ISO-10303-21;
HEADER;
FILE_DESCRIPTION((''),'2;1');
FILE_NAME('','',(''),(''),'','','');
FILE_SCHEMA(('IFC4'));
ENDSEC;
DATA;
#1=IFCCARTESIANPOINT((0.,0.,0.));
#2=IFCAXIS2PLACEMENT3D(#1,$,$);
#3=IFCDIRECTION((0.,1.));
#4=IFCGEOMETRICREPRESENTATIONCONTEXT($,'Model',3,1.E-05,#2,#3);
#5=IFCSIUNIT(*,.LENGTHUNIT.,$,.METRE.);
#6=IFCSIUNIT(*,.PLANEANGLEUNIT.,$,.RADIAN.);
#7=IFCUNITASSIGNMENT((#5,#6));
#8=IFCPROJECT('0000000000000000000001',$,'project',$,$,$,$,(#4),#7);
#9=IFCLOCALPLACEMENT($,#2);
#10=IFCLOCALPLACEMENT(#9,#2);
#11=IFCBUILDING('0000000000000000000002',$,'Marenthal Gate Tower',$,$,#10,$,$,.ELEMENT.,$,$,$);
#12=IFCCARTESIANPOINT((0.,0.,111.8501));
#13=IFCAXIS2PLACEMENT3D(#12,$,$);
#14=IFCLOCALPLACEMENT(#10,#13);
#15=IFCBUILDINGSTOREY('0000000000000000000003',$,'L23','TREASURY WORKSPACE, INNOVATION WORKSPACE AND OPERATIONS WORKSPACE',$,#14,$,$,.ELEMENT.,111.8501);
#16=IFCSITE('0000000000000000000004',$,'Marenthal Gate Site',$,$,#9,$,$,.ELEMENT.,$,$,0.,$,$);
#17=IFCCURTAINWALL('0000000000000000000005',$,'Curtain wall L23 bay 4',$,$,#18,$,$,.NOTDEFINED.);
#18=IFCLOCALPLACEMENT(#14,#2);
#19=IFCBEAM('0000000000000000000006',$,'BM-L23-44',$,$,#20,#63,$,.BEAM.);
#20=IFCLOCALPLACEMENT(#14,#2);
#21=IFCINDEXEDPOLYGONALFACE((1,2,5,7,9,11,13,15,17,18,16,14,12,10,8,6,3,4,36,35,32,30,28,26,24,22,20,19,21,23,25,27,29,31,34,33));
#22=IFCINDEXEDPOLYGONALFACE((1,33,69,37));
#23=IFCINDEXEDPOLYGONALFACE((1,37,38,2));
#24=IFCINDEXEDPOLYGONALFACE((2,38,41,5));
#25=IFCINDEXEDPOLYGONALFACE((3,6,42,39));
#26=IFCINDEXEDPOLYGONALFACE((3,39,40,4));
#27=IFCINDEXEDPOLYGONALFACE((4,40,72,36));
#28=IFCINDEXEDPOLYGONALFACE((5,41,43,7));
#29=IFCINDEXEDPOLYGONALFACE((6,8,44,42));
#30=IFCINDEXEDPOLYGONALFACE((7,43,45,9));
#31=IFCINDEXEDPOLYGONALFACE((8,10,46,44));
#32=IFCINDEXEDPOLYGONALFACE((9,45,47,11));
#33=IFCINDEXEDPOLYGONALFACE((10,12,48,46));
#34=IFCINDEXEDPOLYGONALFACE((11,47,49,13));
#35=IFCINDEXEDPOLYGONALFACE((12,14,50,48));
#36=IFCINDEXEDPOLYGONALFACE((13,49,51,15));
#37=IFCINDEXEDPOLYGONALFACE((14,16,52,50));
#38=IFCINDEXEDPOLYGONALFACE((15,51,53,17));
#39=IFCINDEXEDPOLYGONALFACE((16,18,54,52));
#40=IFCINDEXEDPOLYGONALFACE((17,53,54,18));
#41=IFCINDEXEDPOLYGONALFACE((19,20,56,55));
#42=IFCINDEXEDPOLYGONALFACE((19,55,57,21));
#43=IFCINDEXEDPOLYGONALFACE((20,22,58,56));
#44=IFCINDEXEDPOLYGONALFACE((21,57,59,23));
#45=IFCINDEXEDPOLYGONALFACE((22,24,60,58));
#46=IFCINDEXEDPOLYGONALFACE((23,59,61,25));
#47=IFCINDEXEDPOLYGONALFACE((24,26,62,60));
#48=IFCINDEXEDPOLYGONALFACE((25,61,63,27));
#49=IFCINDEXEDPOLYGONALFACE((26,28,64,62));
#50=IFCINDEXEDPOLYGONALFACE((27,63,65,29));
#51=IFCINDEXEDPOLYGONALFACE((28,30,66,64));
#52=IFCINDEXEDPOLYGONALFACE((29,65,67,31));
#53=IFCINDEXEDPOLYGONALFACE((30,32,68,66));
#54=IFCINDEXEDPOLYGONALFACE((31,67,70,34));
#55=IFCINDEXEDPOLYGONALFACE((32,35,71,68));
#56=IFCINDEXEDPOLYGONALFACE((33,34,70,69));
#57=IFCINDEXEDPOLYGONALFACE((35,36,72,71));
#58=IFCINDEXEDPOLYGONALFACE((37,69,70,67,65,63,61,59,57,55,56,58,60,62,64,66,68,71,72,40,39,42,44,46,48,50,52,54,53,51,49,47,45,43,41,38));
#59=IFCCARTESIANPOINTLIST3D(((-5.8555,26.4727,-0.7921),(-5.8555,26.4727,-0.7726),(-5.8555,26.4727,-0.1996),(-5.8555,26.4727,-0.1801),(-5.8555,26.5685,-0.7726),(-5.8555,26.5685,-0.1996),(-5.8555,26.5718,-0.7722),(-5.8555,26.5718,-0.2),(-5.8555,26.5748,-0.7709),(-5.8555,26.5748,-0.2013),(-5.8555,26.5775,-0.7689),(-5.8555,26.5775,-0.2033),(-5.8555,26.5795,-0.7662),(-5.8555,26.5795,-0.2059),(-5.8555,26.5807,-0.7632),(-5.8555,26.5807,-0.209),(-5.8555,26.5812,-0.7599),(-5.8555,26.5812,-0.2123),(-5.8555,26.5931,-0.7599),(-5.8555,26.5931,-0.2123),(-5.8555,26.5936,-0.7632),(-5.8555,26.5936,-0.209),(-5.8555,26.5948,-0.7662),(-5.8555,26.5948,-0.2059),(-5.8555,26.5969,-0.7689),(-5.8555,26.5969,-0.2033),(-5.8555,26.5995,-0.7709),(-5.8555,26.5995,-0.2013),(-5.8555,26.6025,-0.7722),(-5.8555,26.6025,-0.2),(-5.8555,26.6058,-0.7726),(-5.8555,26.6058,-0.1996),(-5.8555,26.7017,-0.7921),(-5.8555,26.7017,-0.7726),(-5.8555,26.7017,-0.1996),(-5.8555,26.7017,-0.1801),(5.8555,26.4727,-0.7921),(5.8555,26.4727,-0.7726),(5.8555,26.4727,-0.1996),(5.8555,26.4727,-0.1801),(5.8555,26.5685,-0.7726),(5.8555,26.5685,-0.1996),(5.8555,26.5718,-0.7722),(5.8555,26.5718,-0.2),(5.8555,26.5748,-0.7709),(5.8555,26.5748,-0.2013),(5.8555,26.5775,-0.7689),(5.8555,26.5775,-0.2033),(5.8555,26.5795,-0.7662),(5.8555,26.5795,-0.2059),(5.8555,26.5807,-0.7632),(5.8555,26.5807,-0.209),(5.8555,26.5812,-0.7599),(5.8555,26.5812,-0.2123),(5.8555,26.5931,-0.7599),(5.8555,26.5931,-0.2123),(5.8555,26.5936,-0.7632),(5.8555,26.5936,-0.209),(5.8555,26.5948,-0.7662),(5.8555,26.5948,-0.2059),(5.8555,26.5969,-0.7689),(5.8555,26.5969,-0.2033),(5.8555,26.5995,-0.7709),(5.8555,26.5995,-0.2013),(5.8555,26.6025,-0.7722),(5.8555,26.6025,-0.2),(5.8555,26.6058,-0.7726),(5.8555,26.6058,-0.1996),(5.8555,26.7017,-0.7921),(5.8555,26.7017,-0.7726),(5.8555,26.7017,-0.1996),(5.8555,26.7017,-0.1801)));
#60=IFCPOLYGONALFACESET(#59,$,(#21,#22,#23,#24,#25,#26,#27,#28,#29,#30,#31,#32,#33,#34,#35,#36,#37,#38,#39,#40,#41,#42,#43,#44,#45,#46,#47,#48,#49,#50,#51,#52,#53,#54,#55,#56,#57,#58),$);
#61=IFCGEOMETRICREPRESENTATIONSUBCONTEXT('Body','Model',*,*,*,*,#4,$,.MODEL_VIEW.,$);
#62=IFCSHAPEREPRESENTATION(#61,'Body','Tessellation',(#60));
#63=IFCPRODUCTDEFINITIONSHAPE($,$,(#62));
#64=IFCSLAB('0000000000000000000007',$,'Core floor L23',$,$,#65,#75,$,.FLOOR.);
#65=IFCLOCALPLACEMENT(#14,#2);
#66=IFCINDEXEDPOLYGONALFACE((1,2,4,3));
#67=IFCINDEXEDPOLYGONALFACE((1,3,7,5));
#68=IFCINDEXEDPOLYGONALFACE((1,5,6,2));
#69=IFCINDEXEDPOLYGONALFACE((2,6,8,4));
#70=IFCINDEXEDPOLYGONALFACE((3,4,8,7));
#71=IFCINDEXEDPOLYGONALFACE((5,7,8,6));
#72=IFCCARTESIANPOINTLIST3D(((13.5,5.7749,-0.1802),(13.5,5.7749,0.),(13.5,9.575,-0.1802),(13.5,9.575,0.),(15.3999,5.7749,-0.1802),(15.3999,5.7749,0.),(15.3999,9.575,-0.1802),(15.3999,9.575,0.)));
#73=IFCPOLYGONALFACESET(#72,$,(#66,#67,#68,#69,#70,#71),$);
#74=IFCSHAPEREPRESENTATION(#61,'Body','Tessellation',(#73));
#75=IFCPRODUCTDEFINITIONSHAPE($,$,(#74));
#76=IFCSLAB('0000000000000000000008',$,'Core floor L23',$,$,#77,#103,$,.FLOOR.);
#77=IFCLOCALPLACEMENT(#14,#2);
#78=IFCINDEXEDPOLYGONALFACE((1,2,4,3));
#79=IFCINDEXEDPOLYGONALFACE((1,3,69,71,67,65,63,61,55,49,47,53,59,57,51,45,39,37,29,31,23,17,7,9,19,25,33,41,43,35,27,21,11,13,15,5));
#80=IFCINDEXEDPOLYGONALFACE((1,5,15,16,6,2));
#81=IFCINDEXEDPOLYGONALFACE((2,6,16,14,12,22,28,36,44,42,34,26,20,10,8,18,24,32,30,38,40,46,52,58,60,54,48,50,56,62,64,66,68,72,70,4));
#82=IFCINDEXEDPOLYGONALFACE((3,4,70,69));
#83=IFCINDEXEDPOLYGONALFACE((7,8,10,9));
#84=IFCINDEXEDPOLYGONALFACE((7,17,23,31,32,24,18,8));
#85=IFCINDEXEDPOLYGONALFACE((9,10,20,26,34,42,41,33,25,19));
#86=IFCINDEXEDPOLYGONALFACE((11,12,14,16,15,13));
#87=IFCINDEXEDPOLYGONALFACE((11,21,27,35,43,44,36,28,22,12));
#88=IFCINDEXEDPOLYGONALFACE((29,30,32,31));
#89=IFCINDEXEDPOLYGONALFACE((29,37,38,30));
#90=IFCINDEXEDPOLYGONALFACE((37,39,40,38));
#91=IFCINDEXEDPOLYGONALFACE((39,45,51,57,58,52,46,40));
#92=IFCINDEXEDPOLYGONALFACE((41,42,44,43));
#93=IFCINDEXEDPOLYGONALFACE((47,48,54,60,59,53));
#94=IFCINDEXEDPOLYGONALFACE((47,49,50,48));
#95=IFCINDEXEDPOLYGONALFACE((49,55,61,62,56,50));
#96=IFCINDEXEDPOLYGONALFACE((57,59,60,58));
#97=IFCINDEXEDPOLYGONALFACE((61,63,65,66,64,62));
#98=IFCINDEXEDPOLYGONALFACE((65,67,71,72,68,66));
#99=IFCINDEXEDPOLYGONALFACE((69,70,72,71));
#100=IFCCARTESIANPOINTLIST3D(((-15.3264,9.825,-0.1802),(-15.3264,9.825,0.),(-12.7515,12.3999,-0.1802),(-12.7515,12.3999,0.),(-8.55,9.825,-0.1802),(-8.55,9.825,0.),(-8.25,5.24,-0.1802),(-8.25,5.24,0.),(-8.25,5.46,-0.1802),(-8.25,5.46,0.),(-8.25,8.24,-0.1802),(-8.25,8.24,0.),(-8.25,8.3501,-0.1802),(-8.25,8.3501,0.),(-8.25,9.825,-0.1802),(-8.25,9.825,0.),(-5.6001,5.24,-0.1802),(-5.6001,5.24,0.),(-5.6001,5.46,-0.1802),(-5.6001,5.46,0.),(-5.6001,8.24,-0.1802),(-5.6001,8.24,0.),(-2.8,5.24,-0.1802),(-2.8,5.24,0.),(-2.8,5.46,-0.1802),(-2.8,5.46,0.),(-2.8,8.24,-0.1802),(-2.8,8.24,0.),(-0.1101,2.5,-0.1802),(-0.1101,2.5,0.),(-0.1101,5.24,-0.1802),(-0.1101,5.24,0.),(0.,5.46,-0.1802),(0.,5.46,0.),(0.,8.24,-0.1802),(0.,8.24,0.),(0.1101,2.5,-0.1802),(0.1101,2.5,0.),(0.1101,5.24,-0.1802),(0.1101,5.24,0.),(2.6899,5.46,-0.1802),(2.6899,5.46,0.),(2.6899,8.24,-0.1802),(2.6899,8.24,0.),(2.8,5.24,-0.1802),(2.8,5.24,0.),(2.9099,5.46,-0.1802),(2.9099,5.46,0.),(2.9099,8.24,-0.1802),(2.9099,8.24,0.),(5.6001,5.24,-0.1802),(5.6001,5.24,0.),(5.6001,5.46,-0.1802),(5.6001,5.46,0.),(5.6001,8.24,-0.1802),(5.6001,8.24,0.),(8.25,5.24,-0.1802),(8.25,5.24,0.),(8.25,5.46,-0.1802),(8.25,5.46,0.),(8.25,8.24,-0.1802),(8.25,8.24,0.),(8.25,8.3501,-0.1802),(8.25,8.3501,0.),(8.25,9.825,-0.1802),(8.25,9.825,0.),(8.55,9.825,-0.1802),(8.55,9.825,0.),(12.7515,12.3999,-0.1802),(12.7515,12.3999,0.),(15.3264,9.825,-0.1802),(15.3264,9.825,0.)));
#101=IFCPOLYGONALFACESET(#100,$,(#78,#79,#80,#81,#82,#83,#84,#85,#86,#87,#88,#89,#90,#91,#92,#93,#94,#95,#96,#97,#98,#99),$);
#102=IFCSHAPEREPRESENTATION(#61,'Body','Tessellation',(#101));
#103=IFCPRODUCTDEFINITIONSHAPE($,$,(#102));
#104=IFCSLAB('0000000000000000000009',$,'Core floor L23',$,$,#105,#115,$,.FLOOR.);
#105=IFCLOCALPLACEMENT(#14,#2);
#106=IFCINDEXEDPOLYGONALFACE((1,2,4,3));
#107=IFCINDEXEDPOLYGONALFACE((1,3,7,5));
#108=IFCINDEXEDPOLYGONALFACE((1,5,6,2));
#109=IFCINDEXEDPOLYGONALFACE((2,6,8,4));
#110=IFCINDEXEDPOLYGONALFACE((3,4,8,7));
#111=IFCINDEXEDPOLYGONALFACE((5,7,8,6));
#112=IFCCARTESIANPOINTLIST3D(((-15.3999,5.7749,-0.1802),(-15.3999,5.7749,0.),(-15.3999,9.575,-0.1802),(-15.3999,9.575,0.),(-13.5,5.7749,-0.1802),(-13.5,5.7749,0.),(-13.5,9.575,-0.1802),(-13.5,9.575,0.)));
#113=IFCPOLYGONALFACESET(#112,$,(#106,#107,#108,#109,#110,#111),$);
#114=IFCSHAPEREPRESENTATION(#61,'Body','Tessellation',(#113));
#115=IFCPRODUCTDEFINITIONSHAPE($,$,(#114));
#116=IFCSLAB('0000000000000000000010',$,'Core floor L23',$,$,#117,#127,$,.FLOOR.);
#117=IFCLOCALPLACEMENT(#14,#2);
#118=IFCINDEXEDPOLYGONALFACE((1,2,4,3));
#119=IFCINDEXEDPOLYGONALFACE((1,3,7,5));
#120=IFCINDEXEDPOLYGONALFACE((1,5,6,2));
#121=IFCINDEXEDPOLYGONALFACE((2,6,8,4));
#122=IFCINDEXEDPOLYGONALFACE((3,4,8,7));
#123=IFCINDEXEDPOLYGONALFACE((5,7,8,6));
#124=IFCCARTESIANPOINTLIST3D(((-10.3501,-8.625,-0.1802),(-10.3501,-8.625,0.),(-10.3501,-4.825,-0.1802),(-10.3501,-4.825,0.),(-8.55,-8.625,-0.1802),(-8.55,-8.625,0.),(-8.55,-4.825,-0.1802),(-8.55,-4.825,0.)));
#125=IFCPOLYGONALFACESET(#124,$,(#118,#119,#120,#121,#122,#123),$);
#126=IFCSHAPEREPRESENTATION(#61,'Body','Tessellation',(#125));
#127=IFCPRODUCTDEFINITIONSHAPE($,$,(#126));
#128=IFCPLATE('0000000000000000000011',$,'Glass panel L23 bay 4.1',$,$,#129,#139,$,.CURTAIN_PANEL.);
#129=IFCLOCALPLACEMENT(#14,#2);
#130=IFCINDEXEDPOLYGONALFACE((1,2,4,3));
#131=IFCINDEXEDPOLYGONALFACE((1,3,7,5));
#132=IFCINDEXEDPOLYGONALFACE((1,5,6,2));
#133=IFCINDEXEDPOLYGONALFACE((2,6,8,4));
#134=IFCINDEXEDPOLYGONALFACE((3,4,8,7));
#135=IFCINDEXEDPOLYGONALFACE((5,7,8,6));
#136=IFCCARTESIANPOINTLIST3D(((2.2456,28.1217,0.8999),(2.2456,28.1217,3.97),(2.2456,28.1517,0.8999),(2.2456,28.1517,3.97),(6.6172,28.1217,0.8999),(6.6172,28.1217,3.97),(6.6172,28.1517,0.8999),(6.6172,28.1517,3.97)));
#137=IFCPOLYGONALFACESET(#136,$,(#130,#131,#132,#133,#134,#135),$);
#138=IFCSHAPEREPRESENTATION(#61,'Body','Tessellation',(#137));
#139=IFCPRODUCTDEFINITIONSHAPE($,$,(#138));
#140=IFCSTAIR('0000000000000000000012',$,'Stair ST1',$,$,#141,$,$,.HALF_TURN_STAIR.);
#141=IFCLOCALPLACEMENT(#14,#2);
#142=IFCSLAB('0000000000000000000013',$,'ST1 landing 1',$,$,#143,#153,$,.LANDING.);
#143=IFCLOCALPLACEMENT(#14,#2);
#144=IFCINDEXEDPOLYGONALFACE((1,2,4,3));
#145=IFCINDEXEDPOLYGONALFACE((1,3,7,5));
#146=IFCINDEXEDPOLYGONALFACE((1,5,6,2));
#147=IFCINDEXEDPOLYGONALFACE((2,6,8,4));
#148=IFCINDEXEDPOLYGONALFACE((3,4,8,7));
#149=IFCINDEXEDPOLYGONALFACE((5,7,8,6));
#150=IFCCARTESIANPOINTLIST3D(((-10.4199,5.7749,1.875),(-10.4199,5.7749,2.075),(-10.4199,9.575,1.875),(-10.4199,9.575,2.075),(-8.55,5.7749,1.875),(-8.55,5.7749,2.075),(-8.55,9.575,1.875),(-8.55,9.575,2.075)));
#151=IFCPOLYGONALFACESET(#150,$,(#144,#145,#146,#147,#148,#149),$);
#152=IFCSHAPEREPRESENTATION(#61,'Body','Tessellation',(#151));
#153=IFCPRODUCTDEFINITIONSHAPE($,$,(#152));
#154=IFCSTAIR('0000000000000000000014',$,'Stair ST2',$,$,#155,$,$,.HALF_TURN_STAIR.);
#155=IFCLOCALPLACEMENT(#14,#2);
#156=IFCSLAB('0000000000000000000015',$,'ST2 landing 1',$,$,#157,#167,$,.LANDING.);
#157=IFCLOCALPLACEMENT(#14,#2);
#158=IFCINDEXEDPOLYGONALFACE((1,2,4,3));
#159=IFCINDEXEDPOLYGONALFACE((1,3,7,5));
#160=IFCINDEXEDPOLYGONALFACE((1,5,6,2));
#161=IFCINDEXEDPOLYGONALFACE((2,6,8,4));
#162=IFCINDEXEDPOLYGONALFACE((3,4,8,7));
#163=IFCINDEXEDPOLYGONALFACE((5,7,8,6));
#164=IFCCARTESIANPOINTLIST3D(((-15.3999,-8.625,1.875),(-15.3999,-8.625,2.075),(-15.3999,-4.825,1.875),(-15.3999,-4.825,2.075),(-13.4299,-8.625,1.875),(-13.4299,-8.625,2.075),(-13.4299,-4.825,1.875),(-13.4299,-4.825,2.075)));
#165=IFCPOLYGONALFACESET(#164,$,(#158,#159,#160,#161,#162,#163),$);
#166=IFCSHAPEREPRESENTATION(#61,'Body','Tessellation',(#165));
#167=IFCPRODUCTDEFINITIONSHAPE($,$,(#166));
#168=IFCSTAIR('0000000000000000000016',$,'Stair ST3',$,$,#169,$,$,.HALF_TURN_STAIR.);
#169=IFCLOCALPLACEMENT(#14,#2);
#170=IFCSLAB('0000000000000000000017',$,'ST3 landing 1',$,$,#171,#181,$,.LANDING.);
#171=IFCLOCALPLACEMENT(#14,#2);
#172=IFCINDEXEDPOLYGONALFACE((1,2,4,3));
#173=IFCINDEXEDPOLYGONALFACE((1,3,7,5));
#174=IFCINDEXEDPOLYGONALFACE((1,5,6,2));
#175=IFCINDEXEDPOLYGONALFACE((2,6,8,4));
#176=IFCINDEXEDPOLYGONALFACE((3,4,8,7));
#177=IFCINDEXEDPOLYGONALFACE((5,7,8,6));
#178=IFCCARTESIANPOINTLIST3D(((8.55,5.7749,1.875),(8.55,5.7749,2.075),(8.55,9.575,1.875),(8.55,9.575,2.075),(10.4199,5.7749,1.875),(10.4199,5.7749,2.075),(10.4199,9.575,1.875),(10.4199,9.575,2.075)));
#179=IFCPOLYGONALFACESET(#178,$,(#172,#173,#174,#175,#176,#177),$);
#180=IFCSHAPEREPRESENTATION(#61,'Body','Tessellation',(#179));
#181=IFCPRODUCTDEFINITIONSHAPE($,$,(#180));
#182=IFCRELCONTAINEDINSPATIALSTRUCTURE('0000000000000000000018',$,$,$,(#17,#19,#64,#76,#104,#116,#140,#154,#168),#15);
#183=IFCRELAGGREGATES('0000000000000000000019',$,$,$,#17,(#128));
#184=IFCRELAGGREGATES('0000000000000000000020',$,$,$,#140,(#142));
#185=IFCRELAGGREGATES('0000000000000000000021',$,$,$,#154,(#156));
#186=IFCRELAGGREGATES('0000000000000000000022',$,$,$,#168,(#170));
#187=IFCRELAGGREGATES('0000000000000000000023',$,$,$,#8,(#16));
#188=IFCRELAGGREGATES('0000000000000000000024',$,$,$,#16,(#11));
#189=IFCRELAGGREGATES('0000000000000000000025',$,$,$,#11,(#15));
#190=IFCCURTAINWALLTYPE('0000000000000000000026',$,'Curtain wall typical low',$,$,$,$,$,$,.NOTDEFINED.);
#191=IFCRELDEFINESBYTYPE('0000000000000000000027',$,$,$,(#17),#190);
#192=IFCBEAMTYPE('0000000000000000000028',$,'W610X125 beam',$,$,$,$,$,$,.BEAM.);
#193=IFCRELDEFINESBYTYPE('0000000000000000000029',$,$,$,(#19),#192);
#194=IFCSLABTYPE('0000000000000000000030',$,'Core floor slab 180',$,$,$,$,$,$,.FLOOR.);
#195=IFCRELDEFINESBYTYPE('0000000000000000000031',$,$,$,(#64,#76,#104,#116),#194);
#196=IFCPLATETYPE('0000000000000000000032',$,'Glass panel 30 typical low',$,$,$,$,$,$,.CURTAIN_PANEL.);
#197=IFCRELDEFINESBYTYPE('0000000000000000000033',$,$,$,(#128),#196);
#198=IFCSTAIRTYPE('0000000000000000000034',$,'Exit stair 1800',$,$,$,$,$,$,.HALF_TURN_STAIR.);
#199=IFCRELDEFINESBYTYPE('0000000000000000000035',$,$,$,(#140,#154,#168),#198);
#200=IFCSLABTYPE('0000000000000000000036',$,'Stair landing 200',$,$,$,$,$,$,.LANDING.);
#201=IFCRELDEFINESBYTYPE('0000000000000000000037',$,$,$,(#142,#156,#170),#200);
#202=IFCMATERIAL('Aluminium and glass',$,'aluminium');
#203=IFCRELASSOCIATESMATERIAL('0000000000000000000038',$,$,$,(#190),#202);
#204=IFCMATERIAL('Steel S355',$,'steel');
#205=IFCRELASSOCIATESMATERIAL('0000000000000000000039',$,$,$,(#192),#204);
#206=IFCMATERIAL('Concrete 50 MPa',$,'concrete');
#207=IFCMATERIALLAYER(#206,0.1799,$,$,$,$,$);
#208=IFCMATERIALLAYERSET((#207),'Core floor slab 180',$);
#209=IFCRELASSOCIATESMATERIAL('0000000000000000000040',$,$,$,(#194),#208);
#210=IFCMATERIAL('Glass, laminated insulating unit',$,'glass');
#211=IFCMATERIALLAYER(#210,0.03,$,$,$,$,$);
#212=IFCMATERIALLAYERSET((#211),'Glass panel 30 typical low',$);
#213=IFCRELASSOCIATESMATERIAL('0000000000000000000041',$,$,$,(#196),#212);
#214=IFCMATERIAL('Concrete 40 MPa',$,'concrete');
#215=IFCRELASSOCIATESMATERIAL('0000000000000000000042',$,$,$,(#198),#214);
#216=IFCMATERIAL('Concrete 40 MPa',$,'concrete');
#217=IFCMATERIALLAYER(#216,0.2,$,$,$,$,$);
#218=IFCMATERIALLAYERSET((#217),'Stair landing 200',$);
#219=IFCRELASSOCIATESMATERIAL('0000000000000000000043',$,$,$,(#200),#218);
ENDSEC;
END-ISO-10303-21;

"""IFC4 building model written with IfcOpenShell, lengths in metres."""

from ifc_helpers import new_model, si_unit, direction, frame, origin, origin_2d, place, context, subcontext, project, spatial, polyline, rectangle, i_section, outline, extrude, material, layer, layer_set, material_profile, profile_set, type_object, element, aggregate, save


model = new_model("IFC4")

# Units and contexts
model_context = context("Model", 3, precision=1e-05, world=origin(), true_north=direction((0.0, 1.0)))
body_context = subcontext(model_context, "Body", "Model", "MODEL_VIEW")
ifc_project = project(units=[si_unit("LENGTHUNIT", "METRE"), si_unit("PLANEANGLEUNIT", "RADIAN")], contexts=[model_context])

# Site, building, storey
site_placement = place(None, origin())
site = spatial("IfcSite", under=ifc_project, at=site_placement, Name="Marenthal Gate Site", CompositionType="ELEMENT", RefElevation=0.0)
building_placement = place(site_placement, origin())
building = spatial("IfcBuilding", under=site, at=building_placement, Name="Marenthal Gate Tower", CompositionType="ELEMENT")
storey_placement = place(building_placement, frame((0.0, 0.0, 111.8501)))
storey = spatial("IfcBuildingStorey", under=building, at=storey_placement, Name="L23", Description="TREASURY WORKSPACE, INNOVATION WORKSPACE AND OPERATIONS WORKSPACE", CompositionType="ELEMENT", Elevation=111.8501)

# Curtain wall
ifc_material_1 = material(Name="Aluminium and glass", Category="aluminium")
curtain_wall_type = type_object("IfcCurtainWallType", Name="Curtain wall typical low", PredefinedType="NOTDEFINED", material=ifc_material_1)
curtain_wall_placement = place(storey_placement, origin())
curtain_wall = element("IfcCurtainWall", 1, at=curtain_wall_placement, inside=storey, type_object=curtain_wall_type, Name="Curtain wall L23 bay 4", PredefinedType="NOTDEFINED")

# Beam
ifc_material_2 = material(Name="Steel S355", Category="steel")
ifc_material_profile_1 = material_profile(ifc_material_2, i_section(OverallWidth=0.229, OverallDepth=0.6121, WebThickness=0.012, FlangeThickness=0.0195, FilletRadius=0.0127, at=origin_2d()), Name="W610X125")
ifc_profile_set_1 = profile_set([ifc_material_profile_1], Name="Steel S355")
beam_type_1 = type_object("IfcBeamType", Name="W610X125 beam", PredefinedType="BEAM", material=ifc_profile_set_1)
beam_1_placement = place(storey_placement, frame((5.8555, 26.5872, -0.4861), z_axis=(-1.0, 0.0, 0.0), x_axis=(0.0, -1.0, 0.0)))
element("IfcBeam", 2, at=beam_1_placement, inside=storey, type_object=beam_type_1, Name="BM-L23-44", PredefinedType="BEAM", context=body_context, shape_type="SweptSolid", body=[
    extrude(i_section(OverallWidth=0.229, OverallDepth=0.6121, WebThickness=0.012, FlangeThickness=0.0195, FilletRadius=0.0127, at=origin_2d()), origin(), (0.0, 0.0, 1.0), 11.7109),
])

# Slabs
ifc_material_3 = material(Name="Concrete 50 MPa", Category="concrete")
ifc_layer_1 = layer(ifc_material_3, 0.1799)
ifc_layer_set_1 = layer_set([ifc_layer_1], Name="Core floor slab 180")
slab_type_1 = type_object("IfcSlabType", Name="Core floor slab 180", PredefinedType="FLOOR", material=ifc_layer_set_1)
slab_1_placement = place(storey_placement, frame((0.0, 0.0, -0.1802)))
element("IfcSlab", 3, at=slab_1_placement, inside=storey, type_object=slab_type_1, Name="Core floor L23", PredefinedType="FLOOR", context=body_context, shape_type="SweptSolid", body=[
    extrude(outline(polyline([(15.3999, 5.7749), (13.5, 5.7749), (13.5, 9.575), (15.3999, 9.575), (15.3999, 5.7749)])), origin(), (0.0, 0.0, 1.0), 0.1802),
])
slab_2_placement = place(storey_placement, frame((0.0, 0.0, -0.1802)))
element("IfcSlab", 4, at=slab_2_placement, inside=storey, type_object=slab_type_1, Name="Core floor L23", PredefinedType="FLOOR", context=body_context, shape_type="SweptSolid", body=[
    extrude(outline(polyline([(12.7515, 12.3999), (15.3264, 9.825), (8.55, 9.825), (8.25, 9.825), (8.25, 8.3501), (8.25, 8.24), (5.6001, 8.24), (2.9099, 8.24), (2.9099, 5.46), (5.6001, 5.46), (8.25, 5.46), (8.25, 5.24), (5.6001, 5.24), (2.8, 5.24), (0.1101, 5.24), (0.1101, 2.5), (-0.1101, 2.5), (-0.1101, 5.24), (-2.8, 5.24), (-5.6001, 5.24), (-8.25, 5.24), (-8.25, 5.46), (-5.6001, 5.46), (-2.8, 5.46), (0.0, 5.46), (2.6899, 5.46), (2.6899, 8.24), (0.0, 8.24), (-2.8, 8.24), (-5.6001, 8.24), (-8.25, 8.24), (-8.25, 8.3501), (-8.25, 9.825), (-8.55, 9.825), (-15.3264, 9.825), (-12.7515, 12.3999), (12.7515, 12.3999)])), origin(), (0.0, 0.0, 1.0), 0.1802),
])
slab_3_placement = place(storey_placement, frame((0.0, 0.0, -0.1802)))
element("IfcSlab", 5, at=slab_3_placement, inside=storey, type_object=slab_type_1, Name="Core floor L23", PredefinedType="FLOOR", context=body_context, shape_type="SweptSolid", body=[
    extrude(outline(polyline([(-15.3999, 9.575), (-13.5, 9.575), (-13.5, 5.7749), (-15.3999, 5.7749), (-15.3999, 9.575)])), origin(), (0.0, 0.0, 1.0), 0.1802),
])
slab_4_placement = place(storey_placement, frame((0.0, 0.0, -0.1802)))
element("IfcSlab", 6, at=slab_4_placement, inside=storey, type_object=slab_type_1, Name="Core floor L23", PredefinedType="FLOOR", context=body_context, shape_type="SweptSolid", body=[
    extrude(outline(polyline([(-8.55, -8.625), (-10.3501, -8.625), (-10.3501, -4.825), (-8.55, -4.825), (-8.55, -8.625)])), origin(), (0.0, 0.0, 1.0), 0.1802),
])

# Plate
ifc_material_4 = material(Name="Glass, laminated insulating unit", Category="glass")
ifc_layer_2 = layer(ifc_material_4, 0.03)
ifc_layer_set_2 = layer_set([ifc_layer_2], Name="Glass panel 30 typical low")
plate_type = type_object("IfcPlateType", Name="Glass panel 30 typical low", PredefinedType="CURTAIN_PANEL", material=ifc_layer_set_2)
plate_placement = place(storey_placement, frame((4.4314, 28.1367, 0.8999), z_axis=(0.0, 0.0, 1.0), x_axis=(-1.0, 0.0, 0.0)))
plate = element("IfcPlate", 7, at=plate_placement, type_object=plate_type, Name="Glass panel L23 bay 4.1", PredefinedType="CURTAIN_PANEL", context=body_context, shape_type="SweptSolid", body=[
    extrude(rectangle(XDim=4.3716, YDim=0.03, at=origin_2d()), origin(), (0.0, 0.0, 1.0), 3.0701),
])
aggregate(curtain_wall, [plate])

# Stairs, slabs
ifc_material_5 = material(Name="Concrete 40 MPa", Category="concrete")
stair_type = type_object("IfcStairType", Name="Exit stair 1800", PredefinedType="HALF_TURN_STAIR", material=ifc_material_5)
stair_1_placement = place(storey_placement, origin())
stair_1 = element("IfcStair", 8, at=stair_1_placement, inside=storey, type_object=stair_type, Name="Stair ST1", PredefinedType="HALF_TURN_STAIR")
ifc_material_6 = material(Name="Concrete 40 MPa", Category="concrete")
ifc_layer_3 = layer(ifc_material_6, 0.2)
ifc_layer_set_3 = layer_set([ifc_layer_3], Name="Stair landing 200")
slab_type_2 = type_object("IfcSlabType", Name="Stair landing 200", PredefinedType="LANDING", material=ifc_layer_set_3)
slab_5_placement = place(storey_placement, frame((0.0, 0.0, 1.875)))
slab_5 = element("IfcSlab", 9, at=slab_5_placement, type_object=slab_type_2, Name="ST1 landing 1", PredefinedType="LANDING", context=body_context, shape_type="SweptSolid", body=[
    extrude(outline(polyline([(-10.4199, 5.7749), (-8.55, 5.7749), (-8.55, 9.575), (-10.4199, 9.575), (-10.4199, 5.7749)])), origin(), (0.0, 0.0, 1.0), 0.2),
])
aggregate(stair_1, [slab_5])
stair_2_placement = place(storey_placement, origin())
stair_2 = element("IfcStair", 10, at=stair_2_placement, inside=storey, type_object=stair_type, Name="Stair ST2", PredefinedType="HALF_TURN_STAIR")
slab_6_placement = place(storey_placement, frame((0.0, 0.0, 1.875)))
slab_6 = element("IfcSlab", 11, at=slab_6_placement, type_object=slab_type_2, Name="ST2 landing 1", PredefinedType="LANDING", context=body_context, shape_type="SweptSolid", body=[
    extrude(outline(polyline([(-15.3999, -8.625), (-13.4299, -8.625), (-13.4299, -4.825), (-15.3999, -4.825), (-15.3999, -8.625)])), origin(), (0.0, 0.0, 1.0), 0.2),
])
aggregate(stair_2, [slab_6])
stair_3_placement = place(storey_placement, origin())
stair_3 = element("IfcStair", 12, at=stair_3_placement, inside=storey, type_object=stair_type, Name="Stair ST3", PredefinedType="HALF_TURN_STAIR")
slab_7_placement = place(storey_placement, frame((0.0, 0.0, 1.875)))
slab_7 = element("IfcSlab", 13, at=slab_7_placement, type_object=slab_type_2, Name="ST3 landing 1", PredefinedType="LANDING", context=body_context, shape_type="SweptSolid", body=[
    extrude(outline(polyline([(8.55, 5.7749), (10.4199, 5.7749), (10.4199, 9.575), (8.55, 9.575), (8.55, 5.7749)])), origin(), (0.0, 0.0, 1.0), 0.2),
])

aggregate(stair_3, [slab_7])

save(model, "model.ifc")
